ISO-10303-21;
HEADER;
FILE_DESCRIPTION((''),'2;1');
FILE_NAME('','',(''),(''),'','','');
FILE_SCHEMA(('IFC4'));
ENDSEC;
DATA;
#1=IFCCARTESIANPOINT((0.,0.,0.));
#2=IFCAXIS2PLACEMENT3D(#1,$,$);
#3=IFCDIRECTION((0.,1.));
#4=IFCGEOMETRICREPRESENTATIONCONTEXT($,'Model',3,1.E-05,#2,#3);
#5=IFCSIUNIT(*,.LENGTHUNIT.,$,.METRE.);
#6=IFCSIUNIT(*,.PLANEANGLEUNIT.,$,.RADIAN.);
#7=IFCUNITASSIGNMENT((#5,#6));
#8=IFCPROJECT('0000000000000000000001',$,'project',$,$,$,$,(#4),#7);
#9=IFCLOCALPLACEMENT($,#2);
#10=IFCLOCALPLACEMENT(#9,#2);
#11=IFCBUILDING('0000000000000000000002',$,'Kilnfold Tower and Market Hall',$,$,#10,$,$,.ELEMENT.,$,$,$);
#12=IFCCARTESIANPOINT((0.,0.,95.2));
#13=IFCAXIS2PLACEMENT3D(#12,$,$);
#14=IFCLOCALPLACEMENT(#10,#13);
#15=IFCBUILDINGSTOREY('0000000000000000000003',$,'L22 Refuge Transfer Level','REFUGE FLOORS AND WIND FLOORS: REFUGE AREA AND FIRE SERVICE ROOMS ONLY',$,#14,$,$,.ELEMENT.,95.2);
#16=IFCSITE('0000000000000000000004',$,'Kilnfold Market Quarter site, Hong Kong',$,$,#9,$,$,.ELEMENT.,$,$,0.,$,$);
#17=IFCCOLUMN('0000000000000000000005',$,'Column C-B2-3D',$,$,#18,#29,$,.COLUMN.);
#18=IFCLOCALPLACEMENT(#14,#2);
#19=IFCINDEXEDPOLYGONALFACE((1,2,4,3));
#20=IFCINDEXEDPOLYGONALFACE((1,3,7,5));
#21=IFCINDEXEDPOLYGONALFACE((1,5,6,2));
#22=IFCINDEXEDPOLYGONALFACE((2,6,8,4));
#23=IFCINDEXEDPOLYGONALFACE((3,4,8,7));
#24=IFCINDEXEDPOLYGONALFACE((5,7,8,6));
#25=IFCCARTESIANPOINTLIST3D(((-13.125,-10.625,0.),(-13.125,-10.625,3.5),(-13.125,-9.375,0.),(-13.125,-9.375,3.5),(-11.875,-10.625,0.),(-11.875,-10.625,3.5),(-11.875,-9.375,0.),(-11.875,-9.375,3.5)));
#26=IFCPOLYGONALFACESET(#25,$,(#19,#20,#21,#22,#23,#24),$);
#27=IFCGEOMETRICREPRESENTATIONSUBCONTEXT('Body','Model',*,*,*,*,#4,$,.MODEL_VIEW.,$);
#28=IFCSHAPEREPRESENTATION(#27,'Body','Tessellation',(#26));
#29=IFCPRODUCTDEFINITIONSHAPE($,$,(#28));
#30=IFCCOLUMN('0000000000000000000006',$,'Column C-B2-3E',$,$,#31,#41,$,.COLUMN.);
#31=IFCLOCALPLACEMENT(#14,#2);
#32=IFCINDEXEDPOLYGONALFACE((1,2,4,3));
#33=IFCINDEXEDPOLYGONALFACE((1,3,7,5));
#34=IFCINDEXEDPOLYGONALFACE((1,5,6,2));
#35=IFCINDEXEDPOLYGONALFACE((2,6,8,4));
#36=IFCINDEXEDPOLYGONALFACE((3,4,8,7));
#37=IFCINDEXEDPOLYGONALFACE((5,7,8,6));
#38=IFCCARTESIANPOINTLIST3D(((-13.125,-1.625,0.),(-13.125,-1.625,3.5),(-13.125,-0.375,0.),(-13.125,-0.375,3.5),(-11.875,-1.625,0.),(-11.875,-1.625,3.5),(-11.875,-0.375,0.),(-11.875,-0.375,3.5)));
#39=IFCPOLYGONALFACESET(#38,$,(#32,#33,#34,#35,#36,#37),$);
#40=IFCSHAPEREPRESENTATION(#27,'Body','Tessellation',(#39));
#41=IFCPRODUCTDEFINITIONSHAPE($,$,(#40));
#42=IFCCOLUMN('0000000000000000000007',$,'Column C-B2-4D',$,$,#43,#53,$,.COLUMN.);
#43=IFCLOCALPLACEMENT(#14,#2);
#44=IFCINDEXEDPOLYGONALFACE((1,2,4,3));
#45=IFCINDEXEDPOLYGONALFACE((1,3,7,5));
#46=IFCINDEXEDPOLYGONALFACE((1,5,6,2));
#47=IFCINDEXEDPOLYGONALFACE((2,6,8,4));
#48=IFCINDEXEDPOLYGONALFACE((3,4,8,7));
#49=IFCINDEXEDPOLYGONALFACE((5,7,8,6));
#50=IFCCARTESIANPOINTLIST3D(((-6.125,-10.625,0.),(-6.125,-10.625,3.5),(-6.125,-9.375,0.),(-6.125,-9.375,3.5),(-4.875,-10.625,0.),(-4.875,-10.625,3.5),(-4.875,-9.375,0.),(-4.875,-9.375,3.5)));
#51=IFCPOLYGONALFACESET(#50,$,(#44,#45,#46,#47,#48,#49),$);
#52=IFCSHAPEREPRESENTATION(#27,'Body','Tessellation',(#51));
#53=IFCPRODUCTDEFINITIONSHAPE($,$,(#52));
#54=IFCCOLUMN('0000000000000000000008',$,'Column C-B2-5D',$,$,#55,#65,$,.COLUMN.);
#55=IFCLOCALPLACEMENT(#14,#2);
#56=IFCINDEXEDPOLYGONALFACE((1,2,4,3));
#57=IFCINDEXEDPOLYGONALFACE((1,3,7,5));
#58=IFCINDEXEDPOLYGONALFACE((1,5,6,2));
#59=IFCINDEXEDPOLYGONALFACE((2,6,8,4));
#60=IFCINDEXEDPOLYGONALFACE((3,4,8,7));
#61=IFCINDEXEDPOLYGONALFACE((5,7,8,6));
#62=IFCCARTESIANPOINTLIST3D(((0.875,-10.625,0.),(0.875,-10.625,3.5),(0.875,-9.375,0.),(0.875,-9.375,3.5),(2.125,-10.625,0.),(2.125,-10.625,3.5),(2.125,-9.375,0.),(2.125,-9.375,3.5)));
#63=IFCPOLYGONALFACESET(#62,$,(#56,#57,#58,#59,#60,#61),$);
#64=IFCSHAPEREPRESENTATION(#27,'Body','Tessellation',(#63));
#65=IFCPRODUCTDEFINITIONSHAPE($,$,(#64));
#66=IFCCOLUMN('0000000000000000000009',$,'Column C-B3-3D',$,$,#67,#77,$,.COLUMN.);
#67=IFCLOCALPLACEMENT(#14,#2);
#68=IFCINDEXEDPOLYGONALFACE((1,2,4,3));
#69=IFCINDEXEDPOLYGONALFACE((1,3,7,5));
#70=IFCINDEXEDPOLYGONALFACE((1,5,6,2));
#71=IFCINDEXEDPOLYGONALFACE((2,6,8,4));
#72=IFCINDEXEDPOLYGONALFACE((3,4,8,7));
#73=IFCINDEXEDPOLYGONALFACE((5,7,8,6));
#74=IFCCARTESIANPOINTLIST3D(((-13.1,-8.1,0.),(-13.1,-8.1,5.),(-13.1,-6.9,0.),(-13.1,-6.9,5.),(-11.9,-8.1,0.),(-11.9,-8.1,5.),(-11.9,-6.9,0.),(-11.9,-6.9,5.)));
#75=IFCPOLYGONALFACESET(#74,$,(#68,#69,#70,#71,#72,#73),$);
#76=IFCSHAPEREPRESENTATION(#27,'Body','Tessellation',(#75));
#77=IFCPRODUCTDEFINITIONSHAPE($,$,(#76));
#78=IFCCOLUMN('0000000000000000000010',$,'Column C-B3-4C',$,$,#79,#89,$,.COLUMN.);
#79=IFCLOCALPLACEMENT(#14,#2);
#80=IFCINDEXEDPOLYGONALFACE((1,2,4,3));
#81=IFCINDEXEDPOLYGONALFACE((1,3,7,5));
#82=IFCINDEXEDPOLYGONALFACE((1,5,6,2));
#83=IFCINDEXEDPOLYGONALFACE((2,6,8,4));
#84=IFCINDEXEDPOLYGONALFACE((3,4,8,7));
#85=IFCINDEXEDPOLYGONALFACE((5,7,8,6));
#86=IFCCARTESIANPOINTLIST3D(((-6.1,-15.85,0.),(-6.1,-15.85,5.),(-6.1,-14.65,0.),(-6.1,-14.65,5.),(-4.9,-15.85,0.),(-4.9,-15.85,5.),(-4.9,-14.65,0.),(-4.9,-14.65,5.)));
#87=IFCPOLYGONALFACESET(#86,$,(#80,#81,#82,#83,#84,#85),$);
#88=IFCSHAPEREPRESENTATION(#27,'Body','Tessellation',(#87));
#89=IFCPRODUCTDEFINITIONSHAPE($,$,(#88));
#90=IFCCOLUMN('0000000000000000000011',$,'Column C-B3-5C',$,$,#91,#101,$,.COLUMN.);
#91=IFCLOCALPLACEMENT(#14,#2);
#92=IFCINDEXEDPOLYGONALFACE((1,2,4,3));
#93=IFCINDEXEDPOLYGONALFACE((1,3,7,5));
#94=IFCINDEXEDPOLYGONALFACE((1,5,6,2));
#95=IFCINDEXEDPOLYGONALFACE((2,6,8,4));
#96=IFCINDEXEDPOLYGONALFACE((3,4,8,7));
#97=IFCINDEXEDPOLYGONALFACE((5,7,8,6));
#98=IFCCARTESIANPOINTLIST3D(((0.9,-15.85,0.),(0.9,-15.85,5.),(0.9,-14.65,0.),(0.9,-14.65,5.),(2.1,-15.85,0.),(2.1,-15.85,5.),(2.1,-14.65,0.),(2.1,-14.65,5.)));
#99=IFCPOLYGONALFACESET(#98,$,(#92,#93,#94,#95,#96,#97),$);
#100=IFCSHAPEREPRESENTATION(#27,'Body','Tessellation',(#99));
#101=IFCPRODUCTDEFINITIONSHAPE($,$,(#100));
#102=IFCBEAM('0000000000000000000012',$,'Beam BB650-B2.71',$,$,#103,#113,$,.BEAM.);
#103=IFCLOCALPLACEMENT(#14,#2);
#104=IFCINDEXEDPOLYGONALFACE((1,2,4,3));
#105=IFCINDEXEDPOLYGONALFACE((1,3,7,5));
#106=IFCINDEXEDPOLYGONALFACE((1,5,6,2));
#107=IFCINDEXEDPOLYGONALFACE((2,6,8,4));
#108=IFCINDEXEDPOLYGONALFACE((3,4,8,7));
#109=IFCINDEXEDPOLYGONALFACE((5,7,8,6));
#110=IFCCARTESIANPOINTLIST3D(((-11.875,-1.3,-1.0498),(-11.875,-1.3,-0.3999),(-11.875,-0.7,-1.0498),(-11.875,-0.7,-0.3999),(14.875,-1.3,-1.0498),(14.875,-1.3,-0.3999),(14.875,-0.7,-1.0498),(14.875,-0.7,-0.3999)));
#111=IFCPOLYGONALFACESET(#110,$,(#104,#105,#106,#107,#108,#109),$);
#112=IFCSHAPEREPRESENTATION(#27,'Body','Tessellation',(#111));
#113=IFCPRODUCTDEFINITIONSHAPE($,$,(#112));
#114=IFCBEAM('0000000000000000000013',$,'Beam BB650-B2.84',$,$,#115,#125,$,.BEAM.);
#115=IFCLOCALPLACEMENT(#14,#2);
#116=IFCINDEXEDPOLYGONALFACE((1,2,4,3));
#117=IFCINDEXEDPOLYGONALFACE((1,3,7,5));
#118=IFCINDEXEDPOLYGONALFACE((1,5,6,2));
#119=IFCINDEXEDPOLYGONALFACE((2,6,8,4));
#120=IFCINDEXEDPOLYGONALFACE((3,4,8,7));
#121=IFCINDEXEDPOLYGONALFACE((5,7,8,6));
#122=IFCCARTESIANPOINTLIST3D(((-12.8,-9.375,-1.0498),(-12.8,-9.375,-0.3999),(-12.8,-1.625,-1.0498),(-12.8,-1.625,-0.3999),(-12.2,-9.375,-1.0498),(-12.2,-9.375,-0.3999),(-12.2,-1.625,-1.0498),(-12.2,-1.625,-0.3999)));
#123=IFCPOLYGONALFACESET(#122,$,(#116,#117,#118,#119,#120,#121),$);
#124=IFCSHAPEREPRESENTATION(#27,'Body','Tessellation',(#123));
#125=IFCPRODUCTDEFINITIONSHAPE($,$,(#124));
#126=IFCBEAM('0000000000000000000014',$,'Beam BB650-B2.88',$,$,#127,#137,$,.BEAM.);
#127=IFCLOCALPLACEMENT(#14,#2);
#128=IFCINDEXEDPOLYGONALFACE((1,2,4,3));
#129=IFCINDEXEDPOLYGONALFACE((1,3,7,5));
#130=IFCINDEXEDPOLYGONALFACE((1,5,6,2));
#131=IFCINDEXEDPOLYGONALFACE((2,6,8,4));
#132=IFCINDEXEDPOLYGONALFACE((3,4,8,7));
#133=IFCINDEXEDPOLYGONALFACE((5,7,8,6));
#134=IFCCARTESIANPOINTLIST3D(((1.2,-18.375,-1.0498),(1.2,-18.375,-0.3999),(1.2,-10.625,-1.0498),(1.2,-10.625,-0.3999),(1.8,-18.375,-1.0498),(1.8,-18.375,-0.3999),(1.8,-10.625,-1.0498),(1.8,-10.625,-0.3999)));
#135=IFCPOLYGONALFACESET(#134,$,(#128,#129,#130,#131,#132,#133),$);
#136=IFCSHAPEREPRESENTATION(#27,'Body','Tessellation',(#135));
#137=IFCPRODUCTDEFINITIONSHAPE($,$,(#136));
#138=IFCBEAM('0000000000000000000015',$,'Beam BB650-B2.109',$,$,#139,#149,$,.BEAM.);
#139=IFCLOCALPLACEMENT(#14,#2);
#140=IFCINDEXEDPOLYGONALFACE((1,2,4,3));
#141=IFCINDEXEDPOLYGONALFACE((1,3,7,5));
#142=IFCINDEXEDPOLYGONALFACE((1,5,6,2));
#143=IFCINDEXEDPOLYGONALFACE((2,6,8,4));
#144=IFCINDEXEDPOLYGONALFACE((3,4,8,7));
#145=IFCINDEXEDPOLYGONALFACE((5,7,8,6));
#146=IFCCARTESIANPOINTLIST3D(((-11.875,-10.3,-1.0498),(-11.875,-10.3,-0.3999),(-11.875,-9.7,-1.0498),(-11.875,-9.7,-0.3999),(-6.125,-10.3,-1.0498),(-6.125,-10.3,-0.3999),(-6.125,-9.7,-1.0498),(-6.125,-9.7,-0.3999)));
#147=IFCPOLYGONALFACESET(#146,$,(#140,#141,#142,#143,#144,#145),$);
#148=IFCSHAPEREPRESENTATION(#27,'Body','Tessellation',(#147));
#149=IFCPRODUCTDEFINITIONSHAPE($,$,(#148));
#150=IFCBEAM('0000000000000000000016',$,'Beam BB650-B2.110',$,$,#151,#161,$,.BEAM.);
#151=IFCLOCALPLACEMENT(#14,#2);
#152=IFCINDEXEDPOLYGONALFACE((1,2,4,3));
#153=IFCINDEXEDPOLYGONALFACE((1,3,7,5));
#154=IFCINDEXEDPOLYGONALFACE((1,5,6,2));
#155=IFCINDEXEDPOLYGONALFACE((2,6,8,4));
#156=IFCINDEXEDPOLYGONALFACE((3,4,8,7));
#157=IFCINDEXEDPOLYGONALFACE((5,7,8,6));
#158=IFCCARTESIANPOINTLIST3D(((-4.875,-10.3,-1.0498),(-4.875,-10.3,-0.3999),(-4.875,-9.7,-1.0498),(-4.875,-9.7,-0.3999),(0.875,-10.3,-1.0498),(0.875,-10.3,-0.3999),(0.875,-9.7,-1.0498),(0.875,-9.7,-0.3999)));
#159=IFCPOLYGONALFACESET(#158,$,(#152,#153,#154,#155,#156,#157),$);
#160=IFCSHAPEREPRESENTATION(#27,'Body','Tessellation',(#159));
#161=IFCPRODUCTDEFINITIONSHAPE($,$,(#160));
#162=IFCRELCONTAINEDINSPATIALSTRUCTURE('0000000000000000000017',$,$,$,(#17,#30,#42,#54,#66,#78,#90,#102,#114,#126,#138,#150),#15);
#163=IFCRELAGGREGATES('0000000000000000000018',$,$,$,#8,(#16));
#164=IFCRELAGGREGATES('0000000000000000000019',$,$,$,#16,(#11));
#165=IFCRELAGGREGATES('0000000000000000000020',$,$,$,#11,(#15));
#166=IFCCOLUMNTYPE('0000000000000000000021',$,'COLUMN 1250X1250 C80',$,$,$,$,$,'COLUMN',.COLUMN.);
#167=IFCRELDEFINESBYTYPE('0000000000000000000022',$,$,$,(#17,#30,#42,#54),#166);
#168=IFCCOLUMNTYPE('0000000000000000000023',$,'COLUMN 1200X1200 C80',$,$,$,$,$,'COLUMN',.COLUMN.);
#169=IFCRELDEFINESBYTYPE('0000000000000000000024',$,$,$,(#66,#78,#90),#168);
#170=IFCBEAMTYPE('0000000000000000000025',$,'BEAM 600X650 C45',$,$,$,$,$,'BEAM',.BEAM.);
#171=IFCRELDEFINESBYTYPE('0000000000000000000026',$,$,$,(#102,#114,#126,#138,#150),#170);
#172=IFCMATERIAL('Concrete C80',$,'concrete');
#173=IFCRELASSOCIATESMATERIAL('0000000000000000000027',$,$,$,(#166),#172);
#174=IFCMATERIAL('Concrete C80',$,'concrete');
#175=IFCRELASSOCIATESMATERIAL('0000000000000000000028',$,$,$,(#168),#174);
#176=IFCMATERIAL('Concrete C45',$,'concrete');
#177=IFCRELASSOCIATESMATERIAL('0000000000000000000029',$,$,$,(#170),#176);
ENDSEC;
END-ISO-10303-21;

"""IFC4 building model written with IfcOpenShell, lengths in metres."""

from ifc_helpers import new_model, si_unit, direction, frame, origin, origin_2d, place, context, subcontext, project, spatial, rectangle, extrude, source, transform, mapped, material, material_profile, profile_set, type_object, element, save


model = new_model("IFC4")

# Units and contexts
model_context = context("Model", 3, precision=1e-05, world=origin(), true_north=direction((0.0, 1.0)))
body_context = subcontext(model_context, "Body", "Model", "MODEL_VIEW")
ifc_project = project(units=[si_unit("LENGTHUNIT", "METRE"), si_unit("PLANEANGLEUNIT", "RADIAN")], contexts=[model_context])

# Site, building, storey
site_placement = place(None, origin())
site = spatial("IfcSite", under=ifc_project, at=site_placement, Name="Kilnfold Market Quarter site, Hong Kong", CompositionType="ELEMENT", RefElevation=0.0)
building_placement = place(site_placement, origin())
building = spatial("IfcBuilding", under=site, at=building_placement, Name="Kilnfold Tower and Market Hall", CompositionType="ELEMENT")
storey_placement = place(building_placement, frame((0.0, 0.0, 95.2)))
storey = spatial("IfcBuildingStorey", under=building, at=storey_placement, Name="L22 Refuge Transfer Level", Description="REFUGE FLOORS AND WIND FLOORS: REFUGE AREA AND FIRE SERVICE ROOMS ONLY", CompositionType="ELEMENT", Elevation=95.2)

# Columns
ifc_material_1 = material(Name="Concrete C80", Category="concrete")
ifc_material_profile_1 = material_profile(ifc_material_1, rectangle(XDim=1.25, YDim=1.25, at=origin_2d()), Name="RC 1250x1250")
ifc_profile_set_1 = profile_set([ifc_material_profile_1], Name="Concrete C80")
column_type_1 = type_object("IfcColumnType", Name="COLUMN 1250X1250 C80", ElementType="COLUMN", PredefinedType="COLUMN", material=ifc_profile_set_1)
shared_shape_1 = source(origin(), body_context, "Body", "SweptSolid", [
    extrude(rectangle(XDim=1.25, YDim=1.25, at=origin_2d()), origin(), (0.0, 0.0, 1.0), 3.5),
])
for number, where, z_axis, x_axis, name in (
    (1, (-12.5, -10.0, 0.0), (0.0, 0.0, 1.0), (1.0, 0.0, 0.0), "Column C-B2-3D"),
    (2, (-12.5, -1.0, 0.0), (0.0, 0.0, 1.0), (1.0, 0.0, 0.0), "Column C-B2-3E"),
    (3, (-5.5, -10.0, 0.0), (0.0, 0.0, 1.0), (1.0, 0.0, 0.0), "Column C-B2-4D"),
    (4, (1.5, -10.0, 0.0), (0.0, 0.0, 1.0), (1.0, 0.0, 0.0), "Column C-B2-5D"),
):
    element("IfcColumn", number, at=place(storey_placement, frame(where, z_axis=z_axis, x_axis=x_axis)), inside=storey, type_object=column_type_1, Name=name, PredefinedType="COLUMN", context=body_context, shape_type="MappedRepresentation", body=[
        mapped(shared_shape_1, transform((0.0, 0.0, 0.0))),
    ])
ifc_material_2 = material(Name="Concrete C80", Category="concrete")
ifc_material_profile_2 = material_profile(ifc_material_2, rectangle(XDim=1.2, YDim=1.2, at=origin_2d()), Name="RC 1200x1200")
ifc_profile_set_2 = profile_set([ifc_material_profile_2], Name="Concrete C80")
column_type_2 = type_object("IfcColumnType", Name="COLUMN 1200X1200 C80", ElementType="COLUMN", PredefinedType="COLUMN", material=ifc_profile_set_2)
shared_shape_2 = source(origin(), body_context, "Body", "SweptSolid", [
    extrude(rectangle(XDim=1.2, YDim=1.2, at=origin_2d()), origin(), (0.0, 0.0, 1.0), 5.0),
])
for number, where, z_axis, x_axis, name in (
    (5, (-12.5, -7.5, 0.0), (0.0, 0.0, 1.0), (1.0, 0.0, 0.0), "Column C-B3-3D"),
    (6, (-5.5, -15.25, 0.0), (0.0, 0.0, 1.0), (1.0, 0.0, 0.0), "Column C-B3-4C"),
    (7, (1.5, -15.25, 0.0), (0.0, 0.0, 1.0), (1.0, 0.0, 0.0), "Column C-B3-5C"),
):
    element("IfcColumn", number, at=place(storey_placement, frame(where, z_axis=z_axis, x_axis=x_axis)), inside=storey, type_object=column_type_2, Name=name, PredefinedType="COLUMN", context=body_context, shape_type="MappedRepresentation", body=[
        mapped(shared_shape_2, transform((0.0, 0.0, 0.0))),
    ])

# Beams
ifc_material_3 = material(Name="Concrete C45", Category="concrete")
ifc_material_profile_3 = material_profile(ifc_material_3, rectangle(XDim=0.6001, YDim=0.6499, at=origin_2d()), Name="RC 600x650")
ifc_profile_set_3 = profile_set([ifc_material_profile_3], Name="Concrete C45")
beam_type = type_object("IfcBeamType", Name="BEAM 600X650 C45", ElementType="BEAM", PredefinedType="BEAM", material=ifc_profile_set_3)
shared_shape_3 = source(origin(), body_context, "Body", "SweptSolid", [
    extrude(rectangle(XDim=0.6001, YDim=0.6499, at=origin_2d()), origin(), (0.0, 0.0, 1.0), 26.75),
])
beam_placement = place(storey_placement, frame((-11.875, -1.0, -0.7249), z_axis=(1.0, 0.0, 0.0), x_axis=(0.0, 1.0, 0.0)))
element("IfcBeam", 8, at=beam_placement, inside=storey, type_object=beam_type, Name="Beam BB650-B2.71", PredefinedType="BEAM", context=body_context, shape_type="MappedRepresentation", body=[
    mapped(shared_shape_3, transform((0.0, 0.0, 0.0))),
])
shared_shape_4 = source(origin(), body_context, "Body", "SweptSolid", [
    extrude(rectangle(XDim=0.6001, YDim=0.6499, at=origin_2d()), origin(), (0.0, 0.0, 1.0), 7.75),
])
for number, where, z_axis, x_axis, name in (
    (9, (-12.5, -9.375, -0.7249), (0.0, 1.0, 0.0), (-1.0, 0.0, 0.0), "Beam BB650-B2.84"),
    (10, (1.5, -18.375, -0.7249), (0.0, 1.0, 0.0), (-1.0, 0.0, 0.0), "Beam BB650-B2.88"),
):
    element("IfcBeam", number, at=place(storey_placement, frame(where, z_axis=z_axis, x_axis=x_axis)), inside=storey, type_object=beam_type, Name=name, PredefinedType="BEAM", context=body_context, shape_type="MappedRepresentation", body=[
        mapped(shared_shape_4, transform((0.0, 0.0, 0.0))),
    ])
shared_shape_5 = source(origin(), body_context, "Body", "SweptSolid", [
    extrude(rectangle(XDim=0.6001, YDim=0.6499, at=origin_2d()), origin(), (0.0, 0.0, 1.0), 5.75),
])
for number, where, z_axis, x_axis, name in (
    (11, (-11.875, -10.0, -0.7249), (1.0, 0.0, 0.0), (0.0, 1.0, 0.0), "Beam BB650-B2.109"),
    (12, (-4.875, -10.0, -0.7249), (1.0, 0.0, 0.0), (0.0, 1.0, 0.0), "Beam BB650-B2.110"),
):
    element("IfcBeam", number, at=place(storey_placement, frame(where, z_axis=z_axis, x_axis=x_axis)), inside=storey, type_object=beam_type, Name=name, PredefinedType="BEAM", context=body_context, shape_type="MappedRepresentation", body=[
        mapped(shared_shape_5, transform((0.0, 0.0, 0.0))),
    ])

save(model, "model.ifc")
